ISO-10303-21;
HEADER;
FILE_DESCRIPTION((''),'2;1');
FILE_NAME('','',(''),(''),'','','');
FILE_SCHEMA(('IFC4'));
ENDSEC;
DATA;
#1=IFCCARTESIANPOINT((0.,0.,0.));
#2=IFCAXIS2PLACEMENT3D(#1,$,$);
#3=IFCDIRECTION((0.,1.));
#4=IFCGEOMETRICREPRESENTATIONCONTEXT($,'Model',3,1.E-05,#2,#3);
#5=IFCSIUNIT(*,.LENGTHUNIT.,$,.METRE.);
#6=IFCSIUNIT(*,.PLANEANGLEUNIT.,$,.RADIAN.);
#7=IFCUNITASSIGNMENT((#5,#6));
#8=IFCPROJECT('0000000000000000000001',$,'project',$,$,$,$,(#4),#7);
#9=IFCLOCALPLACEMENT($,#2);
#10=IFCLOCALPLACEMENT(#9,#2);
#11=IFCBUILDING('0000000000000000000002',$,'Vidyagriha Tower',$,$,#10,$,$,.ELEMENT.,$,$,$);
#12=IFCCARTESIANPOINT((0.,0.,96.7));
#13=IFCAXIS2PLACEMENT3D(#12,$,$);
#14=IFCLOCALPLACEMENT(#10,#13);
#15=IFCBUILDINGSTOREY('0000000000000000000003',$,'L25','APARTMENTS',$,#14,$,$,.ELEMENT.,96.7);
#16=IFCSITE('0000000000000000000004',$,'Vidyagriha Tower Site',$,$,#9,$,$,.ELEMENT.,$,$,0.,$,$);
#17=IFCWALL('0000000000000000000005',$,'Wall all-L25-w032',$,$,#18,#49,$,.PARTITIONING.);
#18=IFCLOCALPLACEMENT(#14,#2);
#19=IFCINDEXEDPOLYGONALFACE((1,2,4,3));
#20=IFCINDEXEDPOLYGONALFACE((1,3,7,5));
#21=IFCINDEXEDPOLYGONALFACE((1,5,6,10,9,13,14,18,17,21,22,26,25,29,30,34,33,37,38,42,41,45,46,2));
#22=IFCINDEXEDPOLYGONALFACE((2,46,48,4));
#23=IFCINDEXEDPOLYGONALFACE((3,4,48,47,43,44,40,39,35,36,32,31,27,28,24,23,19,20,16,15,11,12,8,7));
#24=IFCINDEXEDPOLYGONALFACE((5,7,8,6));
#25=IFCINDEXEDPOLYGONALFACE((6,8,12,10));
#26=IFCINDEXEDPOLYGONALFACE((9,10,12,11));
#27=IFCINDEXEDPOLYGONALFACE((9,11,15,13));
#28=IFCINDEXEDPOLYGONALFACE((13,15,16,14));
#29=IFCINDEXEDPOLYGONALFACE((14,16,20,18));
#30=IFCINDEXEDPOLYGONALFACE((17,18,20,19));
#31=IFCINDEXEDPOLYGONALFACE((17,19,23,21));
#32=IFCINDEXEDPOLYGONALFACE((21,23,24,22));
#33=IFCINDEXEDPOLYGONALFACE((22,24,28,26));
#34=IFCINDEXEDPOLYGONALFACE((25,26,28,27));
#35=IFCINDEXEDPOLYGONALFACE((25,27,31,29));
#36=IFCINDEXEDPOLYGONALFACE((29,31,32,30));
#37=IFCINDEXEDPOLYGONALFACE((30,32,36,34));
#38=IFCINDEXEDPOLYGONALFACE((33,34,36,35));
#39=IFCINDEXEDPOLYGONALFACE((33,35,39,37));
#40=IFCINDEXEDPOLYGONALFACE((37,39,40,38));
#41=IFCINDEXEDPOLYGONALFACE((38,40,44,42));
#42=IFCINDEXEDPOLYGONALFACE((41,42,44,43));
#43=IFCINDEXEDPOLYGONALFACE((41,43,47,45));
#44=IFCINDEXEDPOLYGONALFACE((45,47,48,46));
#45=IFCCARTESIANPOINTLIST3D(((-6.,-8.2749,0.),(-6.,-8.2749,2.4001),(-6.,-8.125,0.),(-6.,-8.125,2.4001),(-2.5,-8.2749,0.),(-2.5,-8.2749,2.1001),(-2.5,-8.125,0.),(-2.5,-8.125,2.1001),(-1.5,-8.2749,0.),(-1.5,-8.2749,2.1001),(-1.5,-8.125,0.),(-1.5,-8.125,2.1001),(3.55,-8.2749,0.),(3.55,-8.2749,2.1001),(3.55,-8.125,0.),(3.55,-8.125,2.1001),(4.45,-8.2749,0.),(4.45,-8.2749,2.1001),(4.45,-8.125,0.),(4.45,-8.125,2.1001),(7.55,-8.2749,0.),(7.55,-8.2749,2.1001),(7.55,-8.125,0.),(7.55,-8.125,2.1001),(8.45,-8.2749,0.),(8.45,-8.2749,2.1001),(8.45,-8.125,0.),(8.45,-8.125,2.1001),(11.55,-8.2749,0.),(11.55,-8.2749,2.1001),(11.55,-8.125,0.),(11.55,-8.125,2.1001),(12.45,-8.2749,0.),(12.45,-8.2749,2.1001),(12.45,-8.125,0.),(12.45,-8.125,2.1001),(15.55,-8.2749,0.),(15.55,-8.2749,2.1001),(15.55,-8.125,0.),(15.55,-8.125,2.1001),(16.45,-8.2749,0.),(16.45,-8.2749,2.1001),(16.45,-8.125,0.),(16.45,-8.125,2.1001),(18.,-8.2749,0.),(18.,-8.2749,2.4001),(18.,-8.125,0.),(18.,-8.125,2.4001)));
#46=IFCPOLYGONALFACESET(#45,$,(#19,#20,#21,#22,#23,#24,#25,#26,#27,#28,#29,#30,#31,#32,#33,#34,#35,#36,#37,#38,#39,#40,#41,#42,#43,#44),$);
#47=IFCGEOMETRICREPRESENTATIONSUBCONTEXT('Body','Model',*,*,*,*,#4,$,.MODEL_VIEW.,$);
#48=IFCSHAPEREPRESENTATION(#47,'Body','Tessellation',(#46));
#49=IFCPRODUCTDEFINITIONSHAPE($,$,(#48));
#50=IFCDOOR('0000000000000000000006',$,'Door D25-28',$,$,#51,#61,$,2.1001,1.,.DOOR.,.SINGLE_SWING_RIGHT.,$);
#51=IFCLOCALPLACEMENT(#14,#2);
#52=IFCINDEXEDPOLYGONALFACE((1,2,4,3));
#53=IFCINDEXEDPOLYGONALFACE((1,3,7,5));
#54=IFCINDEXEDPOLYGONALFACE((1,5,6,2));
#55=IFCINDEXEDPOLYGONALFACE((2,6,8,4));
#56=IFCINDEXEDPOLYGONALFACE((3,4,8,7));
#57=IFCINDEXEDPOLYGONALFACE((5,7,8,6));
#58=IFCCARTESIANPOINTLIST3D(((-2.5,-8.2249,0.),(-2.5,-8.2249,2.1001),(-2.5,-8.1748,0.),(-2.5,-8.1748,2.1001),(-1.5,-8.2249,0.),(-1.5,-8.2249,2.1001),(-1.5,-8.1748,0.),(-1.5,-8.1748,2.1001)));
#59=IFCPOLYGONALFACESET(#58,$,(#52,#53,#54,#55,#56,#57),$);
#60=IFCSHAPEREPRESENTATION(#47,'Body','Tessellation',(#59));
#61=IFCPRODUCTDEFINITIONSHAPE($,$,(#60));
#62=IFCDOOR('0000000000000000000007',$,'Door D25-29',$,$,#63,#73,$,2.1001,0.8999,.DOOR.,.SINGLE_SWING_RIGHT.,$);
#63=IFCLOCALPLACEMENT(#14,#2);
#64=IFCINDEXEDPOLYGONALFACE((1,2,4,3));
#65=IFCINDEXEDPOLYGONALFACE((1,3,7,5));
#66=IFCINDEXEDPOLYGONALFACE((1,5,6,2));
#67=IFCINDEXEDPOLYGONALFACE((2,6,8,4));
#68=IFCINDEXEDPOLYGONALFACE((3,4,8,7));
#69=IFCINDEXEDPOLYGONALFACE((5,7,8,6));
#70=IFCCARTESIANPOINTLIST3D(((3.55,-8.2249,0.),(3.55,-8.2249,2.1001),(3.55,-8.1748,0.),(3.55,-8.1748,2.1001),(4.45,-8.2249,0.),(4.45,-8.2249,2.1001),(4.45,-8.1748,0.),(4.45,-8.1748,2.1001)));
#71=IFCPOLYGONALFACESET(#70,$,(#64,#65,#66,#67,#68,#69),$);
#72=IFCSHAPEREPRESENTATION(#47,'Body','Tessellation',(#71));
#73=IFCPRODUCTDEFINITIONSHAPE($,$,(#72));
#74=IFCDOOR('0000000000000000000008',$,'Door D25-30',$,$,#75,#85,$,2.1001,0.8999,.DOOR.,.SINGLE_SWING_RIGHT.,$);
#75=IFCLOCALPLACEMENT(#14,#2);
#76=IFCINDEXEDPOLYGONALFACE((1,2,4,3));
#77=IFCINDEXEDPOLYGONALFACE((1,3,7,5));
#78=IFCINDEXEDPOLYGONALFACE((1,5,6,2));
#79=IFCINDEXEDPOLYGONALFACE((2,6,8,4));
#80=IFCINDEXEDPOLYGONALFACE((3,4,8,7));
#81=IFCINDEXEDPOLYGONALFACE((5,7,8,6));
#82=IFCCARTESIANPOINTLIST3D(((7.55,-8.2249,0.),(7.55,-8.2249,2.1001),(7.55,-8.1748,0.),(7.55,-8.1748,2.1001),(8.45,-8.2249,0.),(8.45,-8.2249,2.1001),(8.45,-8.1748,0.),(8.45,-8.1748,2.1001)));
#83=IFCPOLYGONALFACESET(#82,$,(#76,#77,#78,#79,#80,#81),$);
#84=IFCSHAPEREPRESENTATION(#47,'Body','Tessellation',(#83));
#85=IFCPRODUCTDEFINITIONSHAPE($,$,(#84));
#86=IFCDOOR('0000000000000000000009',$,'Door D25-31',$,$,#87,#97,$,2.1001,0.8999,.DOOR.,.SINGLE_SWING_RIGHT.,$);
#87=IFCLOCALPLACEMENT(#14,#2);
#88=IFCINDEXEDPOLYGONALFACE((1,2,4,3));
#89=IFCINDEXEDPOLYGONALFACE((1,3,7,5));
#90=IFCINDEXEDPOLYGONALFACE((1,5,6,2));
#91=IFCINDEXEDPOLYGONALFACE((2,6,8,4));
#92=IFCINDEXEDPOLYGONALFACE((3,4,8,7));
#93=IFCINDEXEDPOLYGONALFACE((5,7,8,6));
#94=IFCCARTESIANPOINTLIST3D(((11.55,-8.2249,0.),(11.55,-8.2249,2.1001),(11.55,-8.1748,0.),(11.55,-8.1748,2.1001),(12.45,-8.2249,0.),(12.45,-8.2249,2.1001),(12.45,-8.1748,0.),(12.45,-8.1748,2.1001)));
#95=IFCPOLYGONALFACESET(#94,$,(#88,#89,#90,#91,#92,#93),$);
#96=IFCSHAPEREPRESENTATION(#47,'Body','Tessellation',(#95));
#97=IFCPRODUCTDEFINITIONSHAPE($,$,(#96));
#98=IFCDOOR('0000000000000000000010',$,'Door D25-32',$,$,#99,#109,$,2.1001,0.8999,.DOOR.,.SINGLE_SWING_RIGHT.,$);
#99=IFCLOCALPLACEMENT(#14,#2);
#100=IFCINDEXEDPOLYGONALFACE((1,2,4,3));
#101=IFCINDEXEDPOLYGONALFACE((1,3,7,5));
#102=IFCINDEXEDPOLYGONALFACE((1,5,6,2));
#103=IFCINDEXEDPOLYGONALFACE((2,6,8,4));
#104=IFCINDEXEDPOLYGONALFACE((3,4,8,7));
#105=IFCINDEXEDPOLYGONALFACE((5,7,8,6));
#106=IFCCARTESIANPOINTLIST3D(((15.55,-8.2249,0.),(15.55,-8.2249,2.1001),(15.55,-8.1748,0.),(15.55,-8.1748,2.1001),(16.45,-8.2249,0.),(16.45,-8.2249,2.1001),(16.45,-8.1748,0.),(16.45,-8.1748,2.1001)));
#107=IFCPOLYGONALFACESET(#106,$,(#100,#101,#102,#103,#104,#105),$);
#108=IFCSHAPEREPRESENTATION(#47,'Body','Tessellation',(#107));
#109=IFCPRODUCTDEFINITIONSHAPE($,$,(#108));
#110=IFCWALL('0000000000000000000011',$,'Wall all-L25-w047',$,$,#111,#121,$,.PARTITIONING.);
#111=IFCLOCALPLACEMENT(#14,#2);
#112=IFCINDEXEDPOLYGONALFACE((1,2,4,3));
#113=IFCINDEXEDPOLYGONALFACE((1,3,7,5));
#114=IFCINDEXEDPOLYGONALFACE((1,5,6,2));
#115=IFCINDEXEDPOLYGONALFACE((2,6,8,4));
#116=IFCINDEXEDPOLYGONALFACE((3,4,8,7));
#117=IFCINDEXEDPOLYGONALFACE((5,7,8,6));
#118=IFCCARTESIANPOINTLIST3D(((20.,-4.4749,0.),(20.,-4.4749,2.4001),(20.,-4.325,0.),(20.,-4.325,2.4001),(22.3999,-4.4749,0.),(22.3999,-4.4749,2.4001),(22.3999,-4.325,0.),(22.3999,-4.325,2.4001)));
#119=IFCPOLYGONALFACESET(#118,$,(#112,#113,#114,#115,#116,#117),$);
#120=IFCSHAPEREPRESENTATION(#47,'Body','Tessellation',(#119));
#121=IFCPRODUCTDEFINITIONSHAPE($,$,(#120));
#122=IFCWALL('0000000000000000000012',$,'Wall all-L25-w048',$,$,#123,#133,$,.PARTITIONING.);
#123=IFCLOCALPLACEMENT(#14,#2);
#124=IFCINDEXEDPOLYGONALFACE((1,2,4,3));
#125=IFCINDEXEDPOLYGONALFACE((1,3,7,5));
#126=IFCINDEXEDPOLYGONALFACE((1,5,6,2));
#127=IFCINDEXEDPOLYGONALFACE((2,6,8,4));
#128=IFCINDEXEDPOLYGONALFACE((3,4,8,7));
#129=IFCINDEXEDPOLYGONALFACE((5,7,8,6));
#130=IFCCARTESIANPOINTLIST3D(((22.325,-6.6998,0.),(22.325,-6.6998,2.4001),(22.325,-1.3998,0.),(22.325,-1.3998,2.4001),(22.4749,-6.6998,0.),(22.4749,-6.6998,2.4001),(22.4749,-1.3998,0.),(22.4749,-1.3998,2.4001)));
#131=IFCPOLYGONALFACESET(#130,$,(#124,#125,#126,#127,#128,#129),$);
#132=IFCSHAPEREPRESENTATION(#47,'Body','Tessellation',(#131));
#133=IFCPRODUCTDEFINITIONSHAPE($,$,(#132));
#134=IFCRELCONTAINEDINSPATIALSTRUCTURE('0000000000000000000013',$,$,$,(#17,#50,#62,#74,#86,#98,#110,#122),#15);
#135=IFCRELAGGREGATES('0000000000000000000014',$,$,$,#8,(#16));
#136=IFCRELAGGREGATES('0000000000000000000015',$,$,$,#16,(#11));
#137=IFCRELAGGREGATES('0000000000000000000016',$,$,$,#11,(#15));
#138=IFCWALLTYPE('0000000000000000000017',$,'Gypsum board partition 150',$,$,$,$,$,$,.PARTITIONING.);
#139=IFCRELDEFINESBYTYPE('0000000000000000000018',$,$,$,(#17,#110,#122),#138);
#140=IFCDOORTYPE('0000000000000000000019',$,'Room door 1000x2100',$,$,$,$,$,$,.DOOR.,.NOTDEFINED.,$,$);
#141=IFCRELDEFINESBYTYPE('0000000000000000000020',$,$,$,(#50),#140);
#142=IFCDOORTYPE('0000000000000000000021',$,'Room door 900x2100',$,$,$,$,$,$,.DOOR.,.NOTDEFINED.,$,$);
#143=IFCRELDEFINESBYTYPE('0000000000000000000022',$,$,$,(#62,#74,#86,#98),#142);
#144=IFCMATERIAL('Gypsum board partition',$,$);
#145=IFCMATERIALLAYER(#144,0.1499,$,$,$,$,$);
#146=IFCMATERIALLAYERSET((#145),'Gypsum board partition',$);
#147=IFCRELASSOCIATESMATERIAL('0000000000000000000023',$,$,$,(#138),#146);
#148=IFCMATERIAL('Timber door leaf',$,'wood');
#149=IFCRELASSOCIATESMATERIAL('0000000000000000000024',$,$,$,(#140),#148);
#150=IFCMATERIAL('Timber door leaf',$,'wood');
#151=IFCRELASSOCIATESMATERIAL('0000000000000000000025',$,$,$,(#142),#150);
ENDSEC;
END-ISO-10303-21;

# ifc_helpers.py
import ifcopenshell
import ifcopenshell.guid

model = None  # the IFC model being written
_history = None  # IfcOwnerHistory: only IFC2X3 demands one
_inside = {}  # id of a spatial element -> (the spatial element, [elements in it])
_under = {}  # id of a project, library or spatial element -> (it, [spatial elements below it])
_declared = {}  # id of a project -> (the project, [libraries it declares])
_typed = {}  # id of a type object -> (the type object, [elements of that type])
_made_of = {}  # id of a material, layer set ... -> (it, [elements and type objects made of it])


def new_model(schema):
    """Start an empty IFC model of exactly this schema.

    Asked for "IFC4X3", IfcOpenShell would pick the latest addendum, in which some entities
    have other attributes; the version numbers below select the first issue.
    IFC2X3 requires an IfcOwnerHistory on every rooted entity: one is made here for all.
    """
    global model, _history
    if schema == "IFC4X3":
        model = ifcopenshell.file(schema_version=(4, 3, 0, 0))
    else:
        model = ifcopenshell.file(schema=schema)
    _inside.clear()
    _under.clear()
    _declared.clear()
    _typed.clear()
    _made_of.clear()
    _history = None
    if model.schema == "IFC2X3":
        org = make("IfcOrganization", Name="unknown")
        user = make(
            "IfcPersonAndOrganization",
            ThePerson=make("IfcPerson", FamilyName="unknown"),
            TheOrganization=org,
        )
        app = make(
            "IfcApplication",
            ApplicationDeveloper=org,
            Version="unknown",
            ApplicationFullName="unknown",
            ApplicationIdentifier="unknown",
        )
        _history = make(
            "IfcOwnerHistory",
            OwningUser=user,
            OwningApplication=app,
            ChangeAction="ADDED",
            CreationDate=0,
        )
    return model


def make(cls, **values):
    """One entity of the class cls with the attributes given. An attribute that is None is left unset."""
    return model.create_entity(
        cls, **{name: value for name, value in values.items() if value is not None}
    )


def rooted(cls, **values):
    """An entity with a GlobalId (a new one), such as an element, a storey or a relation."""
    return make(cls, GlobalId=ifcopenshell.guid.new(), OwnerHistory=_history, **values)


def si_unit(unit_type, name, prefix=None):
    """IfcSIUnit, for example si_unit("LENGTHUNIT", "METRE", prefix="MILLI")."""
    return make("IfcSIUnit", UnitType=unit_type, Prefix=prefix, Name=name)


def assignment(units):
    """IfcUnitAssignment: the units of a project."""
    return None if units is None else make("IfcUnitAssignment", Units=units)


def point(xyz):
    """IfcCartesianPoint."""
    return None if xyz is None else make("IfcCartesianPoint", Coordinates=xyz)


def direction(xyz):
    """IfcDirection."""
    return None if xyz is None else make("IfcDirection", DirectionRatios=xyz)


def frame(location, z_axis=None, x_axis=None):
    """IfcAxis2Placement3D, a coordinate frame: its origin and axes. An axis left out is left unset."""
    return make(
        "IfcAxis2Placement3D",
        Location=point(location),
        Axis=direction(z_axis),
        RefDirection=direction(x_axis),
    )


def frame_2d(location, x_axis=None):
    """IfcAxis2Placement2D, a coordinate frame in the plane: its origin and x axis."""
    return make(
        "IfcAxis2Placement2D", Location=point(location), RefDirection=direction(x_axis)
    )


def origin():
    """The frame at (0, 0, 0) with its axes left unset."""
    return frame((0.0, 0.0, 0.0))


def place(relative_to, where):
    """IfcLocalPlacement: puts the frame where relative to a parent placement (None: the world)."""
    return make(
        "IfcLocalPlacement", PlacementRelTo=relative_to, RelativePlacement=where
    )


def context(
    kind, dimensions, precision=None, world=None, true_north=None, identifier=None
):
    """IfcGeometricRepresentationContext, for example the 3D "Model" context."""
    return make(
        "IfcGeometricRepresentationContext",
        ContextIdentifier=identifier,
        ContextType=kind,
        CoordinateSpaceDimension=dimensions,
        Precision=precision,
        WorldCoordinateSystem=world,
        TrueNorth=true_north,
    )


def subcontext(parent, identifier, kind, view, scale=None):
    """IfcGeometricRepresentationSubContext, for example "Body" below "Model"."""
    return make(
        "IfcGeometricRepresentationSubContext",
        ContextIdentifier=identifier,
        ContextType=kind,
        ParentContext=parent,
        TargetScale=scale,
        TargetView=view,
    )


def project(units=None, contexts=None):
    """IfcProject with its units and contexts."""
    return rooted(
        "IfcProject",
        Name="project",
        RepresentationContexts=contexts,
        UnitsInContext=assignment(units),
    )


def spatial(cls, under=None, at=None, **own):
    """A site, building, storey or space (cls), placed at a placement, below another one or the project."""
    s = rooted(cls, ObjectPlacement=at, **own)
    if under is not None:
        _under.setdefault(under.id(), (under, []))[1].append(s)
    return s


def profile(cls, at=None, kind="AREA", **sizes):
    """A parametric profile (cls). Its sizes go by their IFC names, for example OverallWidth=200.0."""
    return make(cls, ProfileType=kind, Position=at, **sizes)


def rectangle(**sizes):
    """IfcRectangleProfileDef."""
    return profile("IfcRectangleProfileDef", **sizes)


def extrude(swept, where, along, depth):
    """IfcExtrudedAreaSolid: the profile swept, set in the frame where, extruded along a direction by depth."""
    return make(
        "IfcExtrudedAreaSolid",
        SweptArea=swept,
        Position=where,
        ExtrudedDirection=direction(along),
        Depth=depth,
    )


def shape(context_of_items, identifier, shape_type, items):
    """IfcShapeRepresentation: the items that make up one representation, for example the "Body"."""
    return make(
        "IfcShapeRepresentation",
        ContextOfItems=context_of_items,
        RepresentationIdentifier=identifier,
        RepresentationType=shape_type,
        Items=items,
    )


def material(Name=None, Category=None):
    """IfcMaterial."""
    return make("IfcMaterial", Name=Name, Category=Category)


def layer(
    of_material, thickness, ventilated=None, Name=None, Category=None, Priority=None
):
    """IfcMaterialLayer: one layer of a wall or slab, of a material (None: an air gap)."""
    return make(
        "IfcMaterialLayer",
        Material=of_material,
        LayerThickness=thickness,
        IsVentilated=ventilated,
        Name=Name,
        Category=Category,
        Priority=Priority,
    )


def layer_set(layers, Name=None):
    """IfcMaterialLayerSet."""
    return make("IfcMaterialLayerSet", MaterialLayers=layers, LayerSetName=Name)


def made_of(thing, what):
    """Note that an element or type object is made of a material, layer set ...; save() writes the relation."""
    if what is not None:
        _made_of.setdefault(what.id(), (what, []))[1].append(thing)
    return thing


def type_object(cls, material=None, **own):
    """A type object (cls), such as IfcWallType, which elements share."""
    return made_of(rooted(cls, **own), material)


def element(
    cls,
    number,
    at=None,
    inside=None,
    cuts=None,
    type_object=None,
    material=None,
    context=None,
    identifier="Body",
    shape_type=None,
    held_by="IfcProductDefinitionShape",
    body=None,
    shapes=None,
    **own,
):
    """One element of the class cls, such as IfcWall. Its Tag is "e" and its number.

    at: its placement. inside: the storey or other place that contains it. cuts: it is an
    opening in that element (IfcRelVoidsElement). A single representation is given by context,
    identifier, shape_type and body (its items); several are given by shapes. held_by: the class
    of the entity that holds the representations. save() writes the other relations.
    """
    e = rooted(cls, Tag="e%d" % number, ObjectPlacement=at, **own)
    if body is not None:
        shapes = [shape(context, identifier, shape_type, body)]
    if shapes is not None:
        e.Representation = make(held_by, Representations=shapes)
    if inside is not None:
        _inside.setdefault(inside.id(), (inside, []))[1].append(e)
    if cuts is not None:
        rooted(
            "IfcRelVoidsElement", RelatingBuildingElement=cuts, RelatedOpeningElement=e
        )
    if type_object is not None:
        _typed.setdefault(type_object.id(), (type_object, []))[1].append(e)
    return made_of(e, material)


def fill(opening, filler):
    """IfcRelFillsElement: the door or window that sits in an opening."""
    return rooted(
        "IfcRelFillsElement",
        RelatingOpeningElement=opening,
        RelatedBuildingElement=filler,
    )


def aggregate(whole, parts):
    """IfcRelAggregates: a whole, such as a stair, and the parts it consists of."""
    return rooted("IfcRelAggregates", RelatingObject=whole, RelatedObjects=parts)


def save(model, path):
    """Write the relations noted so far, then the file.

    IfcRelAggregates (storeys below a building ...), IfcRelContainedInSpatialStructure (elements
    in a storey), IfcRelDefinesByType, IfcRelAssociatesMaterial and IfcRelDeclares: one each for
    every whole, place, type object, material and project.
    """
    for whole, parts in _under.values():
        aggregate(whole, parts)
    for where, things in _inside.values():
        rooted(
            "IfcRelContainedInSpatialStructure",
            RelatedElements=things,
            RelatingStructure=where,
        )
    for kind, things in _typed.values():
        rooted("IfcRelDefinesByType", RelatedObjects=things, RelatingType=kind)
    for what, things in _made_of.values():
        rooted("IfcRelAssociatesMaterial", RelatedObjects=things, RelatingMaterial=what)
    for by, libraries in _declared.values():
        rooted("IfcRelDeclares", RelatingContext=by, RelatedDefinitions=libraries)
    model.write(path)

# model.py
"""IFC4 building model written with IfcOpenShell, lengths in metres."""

from ifc_helpers import new_model, si_unit, direction, frame, frame_2d, origin, place, context, subcontext, project, spatial, rectangle, extrude, material, layer, layer_set, type_object, element, fill, save


model = new_model("IFC4")

# Units and contexts
model_context = context("Model", 3, precision=1e-05, world=origin(), true_north=direction((0.0, 1.0)))
body_context = subcontext(model_context, "Body", "Model", "MODEL_VIEW")
ifc_project = project(units=[si_unit("LENGTHUNIT", "METRE"), si_unit("PLANEANGLEUNIT", "RADIAN")], contexts=[model_context])

# Site, building, storey
site_placement = place(None, origin())
site = spatial("IfcSite", under=ifc_project, at=site_placement, Name="Vidyagriha Tower Site", CompositionType="ELEMENT", RefElevation=0.0)
building_placement = place(site_placement, origin())
building = spatial("IfcBuilding", under=site, at=building_placement, Name="Vidyagriha Tower", CompositionType="ELEMENT")
storey_placement = place(building_placement, frame((0.0, 0.0, 96.7)))
storey = spatial("IfcBuildingStorey", under=building, at=storey_placement, Name="L25", Description="APARTMENTS", CompositionType="ELEMENT", Elevation=96.7)

# Wall, openings, doors
ifc_material_1 = material(Name="Gypsum board partition")
ifc_layer_1 = layer(ifc_material_1, 0.1499)
ifc_layer_set_1 = layer_set([ifc_layer_1], Name="Gypsum board partition")
wall_type_1 = type_object("IfcWallType", Name="Gypsum board partition 150", PredefinedType="PARTITIONING", material=ifc_layer_set_1)
wall_1_placement = place(storey_placement, frame((18.0, -8.2, 0.0), z_axis=(0.0, 0.0, 1.0), x_axis=(-1.0, 0.0, 0.0)))
wall_1 = element("IfcWall", 1, at=wall_1_placement, inside=storey, type_object=wall_type_1, Name="Wall all-L25-w032", PredefinedType="PARTITIONING", context=body_context, shape_type="SweptSolid", body=[
    extrude(rectangle(XDim=24.0, YDim=0.1499, at=frame_2d((12.0, 0.0))), origin(), (0.0, 0.0, 1.0), 2.4001),
])
opening_1_placement = place(wall_1_placement, frame((19.5, 0.0, 0.0)))
opening_1 = element("IfcOpeningElement", 2, at=opening_1_placement, cuts=wall_1, PredefinedType="OPENING", context=body_context, shape_type="SweptSolid", body=[
    extrude(rectangle(XDim=1.0, YDim=2.1001, at=frame_2d((0.5, 1.05))), frame((0.0, 0.085, 0.0), z_axis=(0.0, -1.0, 0.0), x_axis=(1.0, 0.0, 0.0)), (0.0, 0.0, 1.0), 0.1699),
])
opening_2_placement = place(wall_1_placement, frame((13.55, 0.0, 0.0)))
opening_2 = element("IfcOpeningElement", 3, at=opening_2_placement, cuts=wall_1, PredefinedType="OPENING", context=body_context, shape_type="SweptSolid", body=[
    extrude(rectangle(XDim=0.8999, YDim=2.1001, at=frame_2d((0.45, 1.05))), frame((0.0, 0.085, 0.0), z_axis=(0.0, -1.0, 0.0), x_axis=(1.0, 0.0, 0.0)), (0.0, 0.0, 1.0), 0.1699),
])
opening_3_placement = place(wall_1_placement, frame((9.55, 0.0, 0.0)))
opening_3 = element("IfcOpeningElement", 4, at=opening_3_placement, cuts=wall_1, PredefinedType="OPENING", context=body_context, shape_type="SweptSolid", body=[
    extrude(rectangle(XDim=0.8999, YDim=2.1001, at=frame_2d((0.45, 1.05))), frame((0.0, 0.085, 0.0), z_axis=(0.0, -1.0, 0.0), x_axis=(1.0, 0.0, 0.0)), (0.0, 0.0, 1.0), 0.1699),
])
opening_4_placement = place(wall_1_placement, frame((5.55, 0.0, 0.0)))
opening_4 = element("IfcOpeningElement", 5, at=opening_4_placement, cuts=wall_1, PredefinedType="OPENING", context=body_context, shape_type="SweptSolid", body=[
    extrude(rectangle(XDim=0.8999, YDim=2.1001, at=frame_2d((0.45, 1.05))), frame((0.0, 0.085, 0.0), z_axis=(0.0, -1.0, 0.0), x_axis=(1.0, 0.0, 0.0)), (0.0, 0.0, 1.0), 0.1699),
])
opening_5_placement = place(wall_1_placement, frame((1.55, 0.0, 0.0)))
opening_5 = element("IfcOpeningElement", 6, at=opening_5_placement, cuts=wall_1, PredefinedType="OPENING", context=body_context, shape_type="SweptSolid", body=[
    extrude(rectangle(XDim=0.8999, YDim=2.1001, at=frame_2d((0.45, 1.05))), frame((0.0, 0.085, 0.0), z_axis=(0.0, -1.0, 0.0), x_axis=(1.0, 0.0, 0.0)), (0.0, 0.0, 1.0), 0.1699),
])
ifc_material_2 = material(Name="Timber door leaf", Category="wood")
door_type_1 = type_object("IfcDoorType", Name="Room door 1000x2100", OperationType="NOTDEFINED", PredefinedType="DOOR", material=ifc_material_2)
door_1_placement = place(opening_1_placement, origin())
door_1 = element("IfcDoor", 7, at=door_1_placement, inside=storey, type_object=door_type_1, Name="Door D25-28", OperationType="SINGLE_SWING_RIGHT", OverallHeight=2.1001, OverallWidth=1.0, PredefinedType="DOOR", context=body_context, shape_type="SweptSolid", body=[
    extrude(rectangle(XDim=1.0, YDim=2.1001, at=frame_2d((0.5, 1.05))), frame((0.0, 0.0249, 0.0), z_axis=(0.0, -1.0, 0.0), x_axis=(1.0, 0.0, 0.0)), (0.0, 0.0, 1.0), 0.05),
])
fill(opening_1, door_1)
ifc_material_3 = material(Name="Timber door leaf", Category="wood")
door_type_2 = type_object("IfcDoorType", Name="Room door 900x2100", OperationType="NOTDEFINED", PredefinedType="DOOR", material=ifc_material_3)
door_2_placement = place(opening_2_placement, origin())
door_2 = element("IfcDoor", 8, at=door_2_placement, inside=storey, type_object=door_type_2, Name="Door D25-29", OperationType="SINGLE_SWING_RIGHT", OverallHeight=2.1001, OverallWidth=0.8999, PredefinedType="DOOR", context=body_context, shape_type="SweptSolid", body=[
    extrude(rectangle(XDim=0.8999, YDim=2.1001, at=frame_2d((0.45, 1.05))), frame((0.0, 0.0249, 0.0), z_axis=(0.0, -1.0, 0.0), x_axis=(1.0, 0.0, 0.0)), (0.0, 0.0, 1.0), 0.05),
])
fill(opening_2, door_2)
door_3_placement = place(opening_3_placement, origin())
door_3 = element("IfcDoor", 9, at=door_3_placement, inside=storey, type_object=door_type_2, Name="Door D25-30", OperationType="SINGLE_SWING_RIGHT", OverallHeight=2.1001, OverallWidth=0.8999, PredefinedType="DOOR", context=body_context, shape_type="SweptSolid", body=[
    extrude(rectangle(XDim=0.8999, YDim=2.1001, at=frame_2d((0.45, 1.05))), frame((0.0, 0.0249, 0.0), z_axis=(0.0, -1.0, 0.0), x_axis=(1.0, 0.0, 0.0)), (0.0, 0.0, 1.0), 0.05),
])
fill(opening_3, door_3)
door_4_placement = place(opening_4_placement, origin())
door_4 = element("IfcDoor", 10, at=door_4_placement, inside=storey, type_object=door_type_2, Name="Door D25-31", OperationType="SINGLE_SWING_RIGHT", OverallHeight=2.1001, OverallWidth=0.8999, PredefinedType="DOOR", context=body_context, shape_type="SweptSolid", body=[
    extrude(rectangle(XDim=0.8999, YDim=2.1001, at=frame_2d((0.45, 1.05))), frame((0.0, 0.0249, 0.0), z_axis=(0.0, -1.0, 0.0), x_axis=(1.0, 0.0, 0.0)), (0.0, 0.0, 1.0), 0.05),
])
fill(opening_4, door_4)
door_5_placement = place(opening_5_placement, origin())
door_5 = element("IfcDoor", 11, at=door_5_placement, inside=storey, type_object=door_type_2, Name="Door D25-32", OperationType="SINGLE_SWING_RIGHT", OverallHeight=2.1001, OverallWidth=0.8999, PredefinedType="DOOR", context=body_context, shape_type="SweptSolid", body=[
    extrude(rectangle(XDim=0.8999, YDim=2.1001, at=frame_2d((0.45, 1.05))), frame((0.0, 0.0249, 0.0), z_axis=(0.0, -1.0, 0.0), x_axis=(1.0, 0.0, 0.0)), (0.0, 0.0, 1.0), 0.05),
])
fill(opening_5, door_5)

# Walls
wall_2_placement = place(storey_placement, frame((22.3999, -4.3999, 0.0), z_axis=(0.0, 0.0, 1.0), x_axis=(-1.0, 0.0, 0.0)))
element("IfcWall", 12, at=wall_2_placement, inside=storey, type_object=wall_type_1, Name="Wall all-L25-w047", PredefinedType="PARTITIONING", context=body_context, shape_type="SweptSolid", body=[
    extrude(rectangle(XDim=2.3999, YDim=0.1499, at=frame_2d((1.2, 0.0))), origin(), (0.0, 0.0, 1.0), 2.4001),
])
wall_3_placement = place(storey_placement, frame((22.3999, -1.3999, 0.0), z_axis=(0.0, 0.0, 1.0), x_axis=(0.0, -1.0, 0.0)))
element("IfcWall", 13, at=wall_3_placement, inside=storey, type_object=wall_type_1, Name="Wall all-L25-w048", PredefinedType="PARTITIONING", context=body_context, shape_type="SweptSolid", body=[
    extrude(rectangle(XDim=5.3, YDim=0.1499, at=frame_2d((2.6499, 0.0))), origin(), (0.0, 0.0, 1.0), 2.4001),
])

save(model, "model.ifc")
